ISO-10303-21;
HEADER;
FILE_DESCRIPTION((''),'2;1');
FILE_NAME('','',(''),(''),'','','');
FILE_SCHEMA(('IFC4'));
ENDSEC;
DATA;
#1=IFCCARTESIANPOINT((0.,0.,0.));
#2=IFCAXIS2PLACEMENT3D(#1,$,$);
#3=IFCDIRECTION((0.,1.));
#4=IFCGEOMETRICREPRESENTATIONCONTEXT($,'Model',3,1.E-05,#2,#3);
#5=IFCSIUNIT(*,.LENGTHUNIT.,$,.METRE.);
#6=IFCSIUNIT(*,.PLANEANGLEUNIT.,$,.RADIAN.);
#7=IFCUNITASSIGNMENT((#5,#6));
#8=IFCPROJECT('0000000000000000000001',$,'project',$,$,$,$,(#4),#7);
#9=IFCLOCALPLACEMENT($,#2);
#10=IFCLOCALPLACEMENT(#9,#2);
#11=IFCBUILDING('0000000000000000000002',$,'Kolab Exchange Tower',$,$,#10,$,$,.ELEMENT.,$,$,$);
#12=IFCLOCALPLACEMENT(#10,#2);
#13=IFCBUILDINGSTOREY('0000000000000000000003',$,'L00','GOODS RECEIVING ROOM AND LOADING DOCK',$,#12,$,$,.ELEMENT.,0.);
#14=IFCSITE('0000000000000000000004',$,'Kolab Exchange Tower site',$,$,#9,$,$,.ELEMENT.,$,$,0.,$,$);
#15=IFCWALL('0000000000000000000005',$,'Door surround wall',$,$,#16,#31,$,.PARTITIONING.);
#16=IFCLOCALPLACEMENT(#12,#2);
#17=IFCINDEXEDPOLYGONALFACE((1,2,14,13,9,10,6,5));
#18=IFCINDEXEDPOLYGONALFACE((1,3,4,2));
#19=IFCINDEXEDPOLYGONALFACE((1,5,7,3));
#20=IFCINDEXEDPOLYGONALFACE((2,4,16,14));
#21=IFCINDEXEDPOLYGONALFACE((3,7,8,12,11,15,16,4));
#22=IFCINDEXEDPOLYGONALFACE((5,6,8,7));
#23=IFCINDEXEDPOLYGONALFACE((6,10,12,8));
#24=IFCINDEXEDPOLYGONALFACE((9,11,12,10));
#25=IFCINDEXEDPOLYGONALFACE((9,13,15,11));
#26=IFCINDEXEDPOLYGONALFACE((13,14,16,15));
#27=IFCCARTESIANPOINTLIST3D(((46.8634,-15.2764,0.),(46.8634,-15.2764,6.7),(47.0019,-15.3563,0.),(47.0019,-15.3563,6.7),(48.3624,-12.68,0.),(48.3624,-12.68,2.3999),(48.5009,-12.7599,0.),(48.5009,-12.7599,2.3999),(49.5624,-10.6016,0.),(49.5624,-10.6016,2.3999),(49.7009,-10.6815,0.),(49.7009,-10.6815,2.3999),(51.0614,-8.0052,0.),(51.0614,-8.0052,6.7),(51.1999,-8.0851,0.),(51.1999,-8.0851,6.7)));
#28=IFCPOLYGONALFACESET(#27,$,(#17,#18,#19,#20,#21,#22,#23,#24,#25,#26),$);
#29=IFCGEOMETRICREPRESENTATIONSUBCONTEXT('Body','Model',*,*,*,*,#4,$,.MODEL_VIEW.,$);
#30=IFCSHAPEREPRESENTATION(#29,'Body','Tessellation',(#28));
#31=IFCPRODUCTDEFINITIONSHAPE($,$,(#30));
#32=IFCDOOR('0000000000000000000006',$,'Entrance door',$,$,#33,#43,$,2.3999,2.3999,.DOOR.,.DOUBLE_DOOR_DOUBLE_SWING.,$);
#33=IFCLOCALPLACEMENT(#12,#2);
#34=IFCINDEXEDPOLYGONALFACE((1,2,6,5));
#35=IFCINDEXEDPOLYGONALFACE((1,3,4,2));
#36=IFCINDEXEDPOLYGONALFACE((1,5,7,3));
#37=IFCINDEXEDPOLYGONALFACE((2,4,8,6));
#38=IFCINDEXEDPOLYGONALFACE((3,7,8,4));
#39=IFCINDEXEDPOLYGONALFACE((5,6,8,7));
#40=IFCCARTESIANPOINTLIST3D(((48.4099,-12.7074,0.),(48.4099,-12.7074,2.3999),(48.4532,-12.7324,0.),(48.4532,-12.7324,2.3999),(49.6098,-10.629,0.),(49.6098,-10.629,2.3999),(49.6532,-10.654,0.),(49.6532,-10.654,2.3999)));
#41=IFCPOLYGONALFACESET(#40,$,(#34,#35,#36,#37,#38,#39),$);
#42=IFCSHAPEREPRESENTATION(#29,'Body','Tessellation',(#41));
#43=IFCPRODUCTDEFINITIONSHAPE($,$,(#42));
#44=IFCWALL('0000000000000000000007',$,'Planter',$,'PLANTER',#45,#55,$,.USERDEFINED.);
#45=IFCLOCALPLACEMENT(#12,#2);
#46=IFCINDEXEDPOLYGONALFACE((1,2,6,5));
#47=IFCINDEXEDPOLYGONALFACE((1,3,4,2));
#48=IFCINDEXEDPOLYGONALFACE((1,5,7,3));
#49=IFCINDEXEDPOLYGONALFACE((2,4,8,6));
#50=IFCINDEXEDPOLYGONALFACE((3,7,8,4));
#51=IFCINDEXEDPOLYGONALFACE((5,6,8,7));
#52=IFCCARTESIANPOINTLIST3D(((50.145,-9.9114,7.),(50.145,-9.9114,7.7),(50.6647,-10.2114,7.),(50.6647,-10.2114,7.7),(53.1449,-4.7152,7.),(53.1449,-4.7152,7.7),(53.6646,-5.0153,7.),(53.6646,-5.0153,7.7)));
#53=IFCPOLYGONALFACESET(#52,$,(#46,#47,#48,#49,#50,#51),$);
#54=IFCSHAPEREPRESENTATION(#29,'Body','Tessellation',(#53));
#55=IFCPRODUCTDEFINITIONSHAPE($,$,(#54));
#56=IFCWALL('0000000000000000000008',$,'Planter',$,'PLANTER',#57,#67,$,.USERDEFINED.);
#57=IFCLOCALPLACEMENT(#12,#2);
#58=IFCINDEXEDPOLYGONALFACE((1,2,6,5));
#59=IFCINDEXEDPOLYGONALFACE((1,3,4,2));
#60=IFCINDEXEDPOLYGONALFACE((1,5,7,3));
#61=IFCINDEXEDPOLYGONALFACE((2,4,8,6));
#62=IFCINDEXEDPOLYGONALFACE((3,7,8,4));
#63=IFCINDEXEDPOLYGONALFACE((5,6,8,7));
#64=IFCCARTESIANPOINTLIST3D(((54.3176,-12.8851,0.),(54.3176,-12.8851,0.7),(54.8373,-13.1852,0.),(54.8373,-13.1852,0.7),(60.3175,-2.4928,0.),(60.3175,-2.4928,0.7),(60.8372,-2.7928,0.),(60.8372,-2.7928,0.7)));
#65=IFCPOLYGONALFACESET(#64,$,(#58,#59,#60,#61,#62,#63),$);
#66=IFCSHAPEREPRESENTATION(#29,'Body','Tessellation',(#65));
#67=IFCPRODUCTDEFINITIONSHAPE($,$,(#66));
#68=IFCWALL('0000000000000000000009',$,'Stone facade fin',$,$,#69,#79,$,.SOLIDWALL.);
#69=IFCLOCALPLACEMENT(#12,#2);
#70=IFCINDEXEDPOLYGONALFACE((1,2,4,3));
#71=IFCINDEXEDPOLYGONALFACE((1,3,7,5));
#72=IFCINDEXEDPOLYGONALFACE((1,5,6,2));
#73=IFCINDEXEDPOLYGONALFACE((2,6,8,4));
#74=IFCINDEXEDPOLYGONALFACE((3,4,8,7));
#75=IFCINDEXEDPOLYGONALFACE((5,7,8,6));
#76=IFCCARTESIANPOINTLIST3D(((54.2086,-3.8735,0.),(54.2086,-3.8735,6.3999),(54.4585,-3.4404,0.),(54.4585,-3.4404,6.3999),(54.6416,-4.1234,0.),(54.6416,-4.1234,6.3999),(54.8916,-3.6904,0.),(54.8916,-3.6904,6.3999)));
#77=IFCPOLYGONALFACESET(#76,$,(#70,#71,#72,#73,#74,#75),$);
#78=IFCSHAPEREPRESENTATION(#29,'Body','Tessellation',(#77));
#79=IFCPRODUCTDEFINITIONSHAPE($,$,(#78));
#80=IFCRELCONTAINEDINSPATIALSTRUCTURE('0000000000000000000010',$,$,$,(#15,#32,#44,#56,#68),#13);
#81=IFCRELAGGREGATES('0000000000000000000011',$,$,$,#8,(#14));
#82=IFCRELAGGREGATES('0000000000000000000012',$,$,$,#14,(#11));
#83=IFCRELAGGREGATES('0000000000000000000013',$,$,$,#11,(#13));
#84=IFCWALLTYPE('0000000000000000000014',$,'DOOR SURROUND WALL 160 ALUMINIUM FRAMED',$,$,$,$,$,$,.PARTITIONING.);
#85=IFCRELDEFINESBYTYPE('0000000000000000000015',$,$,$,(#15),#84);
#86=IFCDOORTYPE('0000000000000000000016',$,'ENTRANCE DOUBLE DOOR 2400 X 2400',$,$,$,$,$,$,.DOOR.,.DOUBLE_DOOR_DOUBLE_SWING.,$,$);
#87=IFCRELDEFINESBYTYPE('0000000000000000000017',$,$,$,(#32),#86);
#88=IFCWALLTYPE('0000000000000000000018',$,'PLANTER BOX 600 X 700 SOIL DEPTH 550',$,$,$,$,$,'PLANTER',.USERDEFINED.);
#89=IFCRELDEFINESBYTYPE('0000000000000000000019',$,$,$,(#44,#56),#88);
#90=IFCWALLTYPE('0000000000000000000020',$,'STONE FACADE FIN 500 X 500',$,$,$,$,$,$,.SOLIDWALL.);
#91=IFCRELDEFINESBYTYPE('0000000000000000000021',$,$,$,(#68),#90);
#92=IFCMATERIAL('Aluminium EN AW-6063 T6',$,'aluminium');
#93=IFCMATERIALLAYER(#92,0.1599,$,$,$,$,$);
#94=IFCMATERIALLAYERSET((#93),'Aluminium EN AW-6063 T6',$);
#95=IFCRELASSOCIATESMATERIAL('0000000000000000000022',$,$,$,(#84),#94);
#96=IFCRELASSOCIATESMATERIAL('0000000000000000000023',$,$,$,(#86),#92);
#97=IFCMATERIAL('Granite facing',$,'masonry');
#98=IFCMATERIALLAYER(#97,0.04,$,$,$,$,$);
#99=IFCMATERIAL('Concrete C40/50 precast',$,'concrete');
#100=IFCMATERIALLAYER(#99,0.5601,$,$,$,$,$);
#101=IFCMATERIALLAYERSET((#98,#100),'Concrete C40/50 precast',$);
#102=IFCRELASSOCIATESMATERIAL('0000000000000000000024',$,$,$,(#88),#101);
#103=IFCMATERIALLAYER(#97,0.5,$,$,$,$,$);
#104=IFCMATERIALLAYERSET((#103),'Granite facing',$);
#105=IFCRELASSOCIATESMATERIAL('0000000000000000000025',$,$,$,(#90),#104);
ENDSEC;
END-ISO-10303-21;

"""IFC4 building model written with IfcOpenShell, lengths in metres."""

from ifc_helpers import new_model, si_unit, direction, frame, frame_2d, origin, place, context, subcontext, project, spatial, rectangle, extrude, material, layer, layer_set, type_object, element, fill, save


model = new_model("IFC4")

# Units and contexts
model_context = context("Model", 3, precision=1e-05, world=origin(), true_north=direction((0.0, 1.0)))
body_context = subcontext(model_context, "Body", "Model", "MODEL_VIEW")
ifc_project = project(units=[si_unit("LENGTHUNIT", "METRE"), si_unit("PLANEANGLEUNIT", "RADIAN")], contexts=[model_context])

# Site, building, storey
site_placement = place(None, origin())
site = spatial("IfcSite", under=ifc_project, at=site_placement, Name="Kolab Exchange Tower site", CompositionType="ELEMENT", RefElevation=0.0)
building_placement = place(site_placement, origin())
building = spatial("IfcBuilding", under=site, at=building_placement, Name="Kolab Exchange Tower", CompositionType="ELEMENT")
storey_placement = place(building_placement, origin())
storey = spatial("IfcBuildingStorey", under=building, at=storey_placement, Name="L00", Description="GOODS RECEIVING ROOM AND LOADING DOCK", CompositionType="ELEMENT", Elevation=0.0)

# Shared definitions
ifc_material_1 = material(Name="Aluminium EN AW-6063 T6", Category="aluminium")

# Wall, opening, door
ifc_layer_1 = layer(ifc_material_1, 0.1599)
ifc_layer_set_1 = layer_set([ifc_layer_1], Name="Aluminium EN AW-6063 T6")
wall_type_1 = type_object("IfcWallType", Name="DOOR SURROUND WALL 160 ALUMINIUM FRAMED", PredefinedType="PARTITIONING", material=ifc_layer_set_1)
wall_1_placement = place(storey_placement, frame((51.1306, -8.0452, 0.0), z_axis=(0.0, 0.0, 1.0), x_axis=(-0.499995, -0.866028, 0.0)))
wall_1 = element("IfcWall", 1, at=wall_1_placement, inside=storey, type_object=wall_type_1, Name="Door surround wall", PredefinedType="PARTITIONING", context=body_context, shape_type="SweptSolid", body=[
    extrude(rectangle(XDim=8.396, YDim=0.1599, at=frame_2d((4.198, 0.0))), origin(), (0.0, 0.0, 1.0), 6.7),
])
opening_placement = place(wall_1_placement, frame((2.998, 0.0, 0.0)))
opening = element("IfcOpeningElement", 2, at=opening_placement, cuts=wall_1, PredefinedType="OPENING", context=body_context, shape_type="SweptSolid", body=[
    extrude(rectangle(XDim=2.3999, YDim=2.3999, at=frame_2d((1.2, 1.2))), frame((0.0, 0.0898, 0.0), z_axis=(0.0, -1.0, 0.0), x_axis=(1.0, 0.0, 0.0)), (0.0, 0.0, 1.0), 0.1799),
])
door_type = type_object("IfcDoorType", Name="ENTRANCE DOUBLE DOOR 2400 X 2400", OperationType="DOUBLE_DOOR_DOUBLE_SWING", PredefinedType="DOOR", material=ifc_material_1)
door_placement = place(opening_placement, origin())
door = element("IfcDoor", 3, at=door_placement, inside=storey, type_object=door_type, Name="Entrance door", OperationType="DOUBLE_DOOR_DOUBLE_SWING", OverallHeight=2.3999, OverallWidth=2.3999, PredefinedType="DOOR", context=body_context, shape_type="SweptSolid", body=[
    extrude(rectangle(XDim=2.3999, YDim=2.3999, at=frame_2d((1.2, 1.2))), frame((0.0, 0.0249, 0.0), z_axis=(0.0, -1.0, 0.0), x_axis=(1.0, 0.0, 0.0)), (0.0, 0.0, 1.0), 0.05),
])
fill(opening, door)

# Walls
ifc_material_2 = material(Name="Granite facing", Category="masonry")
ifc_layer_2 = layer(ifc_material_2, 0.04)
ifc_material_3 = material(Name="Concrete C40/50 precast", Category="concrete")
ifc_layer_3 = layer(ifc_material_3, 0.5601)
ifc_layer_set_2 = layer_set([ifc_layer_2, ifc_layer_3], Name="Concrete C40/50 precast")
wall_type_2 = type_object("IfcWallType", Name="PLANTER BOX 600 X 700 SOIL DEPTH 550", ElementType="PLANTER", PredefinedType="USERDEFINED", material=ifc_layer_set_2)
wall_2_placement = place(storey_placement, frame((53.4048, -4.8652, 7.0), z_axis=(0.0, 0.0, 1.0), x_axis=(-0.49999, -0.866031, 0.0)))
element("IfcWall", 4, at=wall_2_placement, inside=storey, type_object=wall_type_2, Name="Planter", ObjectType="PLANTER", PredefinedType="USERDEFINED", context=body_context, shape_type="SweptSolid", body=[
    extrude(rectangle(XDim=6.0, YDim=0.6001, at=frame_2d((3.0, 0.0))), origin(), (0.0, 0.0, 1.0), 0.7),
])
wall_3_placement = place(storey_placement, frame((60.5774, -2.6428, 0.0), z_axis=(0.0, 0.0, 1.0), x_axis=(-0.499999, -0.866026, 0.0)))
element("IfcWall", 5, at=wall_3_placement, inside=storey, type_object=wall_type_2, Name="Planter", ObjectType="PLANTER", PredefinedType="USERDEFINED", context=body_context, shape_type="SweptSolid", body=[
    extrude(rectangle(XDim=12.0, YDim=0.6001, at=frame_2d((6.0, 0.0))), origin(), (0.0, 0.0, 1.0), 0.7),
])
ifc_layer_4 = layer(ifc_material_2, 0.5)
ifc_layer_set_3 = layer_set([ifc_layer_4], Name="Granite facing")
wall_type_3 = type_object("IfcWallType", Name="STONE FACADE FIN 500 X 500", PredefinedType="SOLIDWALL", material=ifc_layer_set_3)
wall_4_placement = place(storey_placement, frame((54.675, -3.5654, 0.0), z_axis=(0.0, 0.0, 1.0), x_axis=(-0.49992, -0.866072, 0.0)))
element("IfcWall", 6, at=wall_4_placement, inside=storey, type_object=wall_type_3, Name="Stone facade fin", PredefinedType="SOLIDWALL", context=body_context, shape_type="SweptSolid", body=[
    extrude(rectangle(XDim=0.5, YDim=0.5, at=frame_2d((0.25, 0.0))), origin(), (0.0, 0.0, 1.0), 6.3999),
])

save(model, "model.ifc")
